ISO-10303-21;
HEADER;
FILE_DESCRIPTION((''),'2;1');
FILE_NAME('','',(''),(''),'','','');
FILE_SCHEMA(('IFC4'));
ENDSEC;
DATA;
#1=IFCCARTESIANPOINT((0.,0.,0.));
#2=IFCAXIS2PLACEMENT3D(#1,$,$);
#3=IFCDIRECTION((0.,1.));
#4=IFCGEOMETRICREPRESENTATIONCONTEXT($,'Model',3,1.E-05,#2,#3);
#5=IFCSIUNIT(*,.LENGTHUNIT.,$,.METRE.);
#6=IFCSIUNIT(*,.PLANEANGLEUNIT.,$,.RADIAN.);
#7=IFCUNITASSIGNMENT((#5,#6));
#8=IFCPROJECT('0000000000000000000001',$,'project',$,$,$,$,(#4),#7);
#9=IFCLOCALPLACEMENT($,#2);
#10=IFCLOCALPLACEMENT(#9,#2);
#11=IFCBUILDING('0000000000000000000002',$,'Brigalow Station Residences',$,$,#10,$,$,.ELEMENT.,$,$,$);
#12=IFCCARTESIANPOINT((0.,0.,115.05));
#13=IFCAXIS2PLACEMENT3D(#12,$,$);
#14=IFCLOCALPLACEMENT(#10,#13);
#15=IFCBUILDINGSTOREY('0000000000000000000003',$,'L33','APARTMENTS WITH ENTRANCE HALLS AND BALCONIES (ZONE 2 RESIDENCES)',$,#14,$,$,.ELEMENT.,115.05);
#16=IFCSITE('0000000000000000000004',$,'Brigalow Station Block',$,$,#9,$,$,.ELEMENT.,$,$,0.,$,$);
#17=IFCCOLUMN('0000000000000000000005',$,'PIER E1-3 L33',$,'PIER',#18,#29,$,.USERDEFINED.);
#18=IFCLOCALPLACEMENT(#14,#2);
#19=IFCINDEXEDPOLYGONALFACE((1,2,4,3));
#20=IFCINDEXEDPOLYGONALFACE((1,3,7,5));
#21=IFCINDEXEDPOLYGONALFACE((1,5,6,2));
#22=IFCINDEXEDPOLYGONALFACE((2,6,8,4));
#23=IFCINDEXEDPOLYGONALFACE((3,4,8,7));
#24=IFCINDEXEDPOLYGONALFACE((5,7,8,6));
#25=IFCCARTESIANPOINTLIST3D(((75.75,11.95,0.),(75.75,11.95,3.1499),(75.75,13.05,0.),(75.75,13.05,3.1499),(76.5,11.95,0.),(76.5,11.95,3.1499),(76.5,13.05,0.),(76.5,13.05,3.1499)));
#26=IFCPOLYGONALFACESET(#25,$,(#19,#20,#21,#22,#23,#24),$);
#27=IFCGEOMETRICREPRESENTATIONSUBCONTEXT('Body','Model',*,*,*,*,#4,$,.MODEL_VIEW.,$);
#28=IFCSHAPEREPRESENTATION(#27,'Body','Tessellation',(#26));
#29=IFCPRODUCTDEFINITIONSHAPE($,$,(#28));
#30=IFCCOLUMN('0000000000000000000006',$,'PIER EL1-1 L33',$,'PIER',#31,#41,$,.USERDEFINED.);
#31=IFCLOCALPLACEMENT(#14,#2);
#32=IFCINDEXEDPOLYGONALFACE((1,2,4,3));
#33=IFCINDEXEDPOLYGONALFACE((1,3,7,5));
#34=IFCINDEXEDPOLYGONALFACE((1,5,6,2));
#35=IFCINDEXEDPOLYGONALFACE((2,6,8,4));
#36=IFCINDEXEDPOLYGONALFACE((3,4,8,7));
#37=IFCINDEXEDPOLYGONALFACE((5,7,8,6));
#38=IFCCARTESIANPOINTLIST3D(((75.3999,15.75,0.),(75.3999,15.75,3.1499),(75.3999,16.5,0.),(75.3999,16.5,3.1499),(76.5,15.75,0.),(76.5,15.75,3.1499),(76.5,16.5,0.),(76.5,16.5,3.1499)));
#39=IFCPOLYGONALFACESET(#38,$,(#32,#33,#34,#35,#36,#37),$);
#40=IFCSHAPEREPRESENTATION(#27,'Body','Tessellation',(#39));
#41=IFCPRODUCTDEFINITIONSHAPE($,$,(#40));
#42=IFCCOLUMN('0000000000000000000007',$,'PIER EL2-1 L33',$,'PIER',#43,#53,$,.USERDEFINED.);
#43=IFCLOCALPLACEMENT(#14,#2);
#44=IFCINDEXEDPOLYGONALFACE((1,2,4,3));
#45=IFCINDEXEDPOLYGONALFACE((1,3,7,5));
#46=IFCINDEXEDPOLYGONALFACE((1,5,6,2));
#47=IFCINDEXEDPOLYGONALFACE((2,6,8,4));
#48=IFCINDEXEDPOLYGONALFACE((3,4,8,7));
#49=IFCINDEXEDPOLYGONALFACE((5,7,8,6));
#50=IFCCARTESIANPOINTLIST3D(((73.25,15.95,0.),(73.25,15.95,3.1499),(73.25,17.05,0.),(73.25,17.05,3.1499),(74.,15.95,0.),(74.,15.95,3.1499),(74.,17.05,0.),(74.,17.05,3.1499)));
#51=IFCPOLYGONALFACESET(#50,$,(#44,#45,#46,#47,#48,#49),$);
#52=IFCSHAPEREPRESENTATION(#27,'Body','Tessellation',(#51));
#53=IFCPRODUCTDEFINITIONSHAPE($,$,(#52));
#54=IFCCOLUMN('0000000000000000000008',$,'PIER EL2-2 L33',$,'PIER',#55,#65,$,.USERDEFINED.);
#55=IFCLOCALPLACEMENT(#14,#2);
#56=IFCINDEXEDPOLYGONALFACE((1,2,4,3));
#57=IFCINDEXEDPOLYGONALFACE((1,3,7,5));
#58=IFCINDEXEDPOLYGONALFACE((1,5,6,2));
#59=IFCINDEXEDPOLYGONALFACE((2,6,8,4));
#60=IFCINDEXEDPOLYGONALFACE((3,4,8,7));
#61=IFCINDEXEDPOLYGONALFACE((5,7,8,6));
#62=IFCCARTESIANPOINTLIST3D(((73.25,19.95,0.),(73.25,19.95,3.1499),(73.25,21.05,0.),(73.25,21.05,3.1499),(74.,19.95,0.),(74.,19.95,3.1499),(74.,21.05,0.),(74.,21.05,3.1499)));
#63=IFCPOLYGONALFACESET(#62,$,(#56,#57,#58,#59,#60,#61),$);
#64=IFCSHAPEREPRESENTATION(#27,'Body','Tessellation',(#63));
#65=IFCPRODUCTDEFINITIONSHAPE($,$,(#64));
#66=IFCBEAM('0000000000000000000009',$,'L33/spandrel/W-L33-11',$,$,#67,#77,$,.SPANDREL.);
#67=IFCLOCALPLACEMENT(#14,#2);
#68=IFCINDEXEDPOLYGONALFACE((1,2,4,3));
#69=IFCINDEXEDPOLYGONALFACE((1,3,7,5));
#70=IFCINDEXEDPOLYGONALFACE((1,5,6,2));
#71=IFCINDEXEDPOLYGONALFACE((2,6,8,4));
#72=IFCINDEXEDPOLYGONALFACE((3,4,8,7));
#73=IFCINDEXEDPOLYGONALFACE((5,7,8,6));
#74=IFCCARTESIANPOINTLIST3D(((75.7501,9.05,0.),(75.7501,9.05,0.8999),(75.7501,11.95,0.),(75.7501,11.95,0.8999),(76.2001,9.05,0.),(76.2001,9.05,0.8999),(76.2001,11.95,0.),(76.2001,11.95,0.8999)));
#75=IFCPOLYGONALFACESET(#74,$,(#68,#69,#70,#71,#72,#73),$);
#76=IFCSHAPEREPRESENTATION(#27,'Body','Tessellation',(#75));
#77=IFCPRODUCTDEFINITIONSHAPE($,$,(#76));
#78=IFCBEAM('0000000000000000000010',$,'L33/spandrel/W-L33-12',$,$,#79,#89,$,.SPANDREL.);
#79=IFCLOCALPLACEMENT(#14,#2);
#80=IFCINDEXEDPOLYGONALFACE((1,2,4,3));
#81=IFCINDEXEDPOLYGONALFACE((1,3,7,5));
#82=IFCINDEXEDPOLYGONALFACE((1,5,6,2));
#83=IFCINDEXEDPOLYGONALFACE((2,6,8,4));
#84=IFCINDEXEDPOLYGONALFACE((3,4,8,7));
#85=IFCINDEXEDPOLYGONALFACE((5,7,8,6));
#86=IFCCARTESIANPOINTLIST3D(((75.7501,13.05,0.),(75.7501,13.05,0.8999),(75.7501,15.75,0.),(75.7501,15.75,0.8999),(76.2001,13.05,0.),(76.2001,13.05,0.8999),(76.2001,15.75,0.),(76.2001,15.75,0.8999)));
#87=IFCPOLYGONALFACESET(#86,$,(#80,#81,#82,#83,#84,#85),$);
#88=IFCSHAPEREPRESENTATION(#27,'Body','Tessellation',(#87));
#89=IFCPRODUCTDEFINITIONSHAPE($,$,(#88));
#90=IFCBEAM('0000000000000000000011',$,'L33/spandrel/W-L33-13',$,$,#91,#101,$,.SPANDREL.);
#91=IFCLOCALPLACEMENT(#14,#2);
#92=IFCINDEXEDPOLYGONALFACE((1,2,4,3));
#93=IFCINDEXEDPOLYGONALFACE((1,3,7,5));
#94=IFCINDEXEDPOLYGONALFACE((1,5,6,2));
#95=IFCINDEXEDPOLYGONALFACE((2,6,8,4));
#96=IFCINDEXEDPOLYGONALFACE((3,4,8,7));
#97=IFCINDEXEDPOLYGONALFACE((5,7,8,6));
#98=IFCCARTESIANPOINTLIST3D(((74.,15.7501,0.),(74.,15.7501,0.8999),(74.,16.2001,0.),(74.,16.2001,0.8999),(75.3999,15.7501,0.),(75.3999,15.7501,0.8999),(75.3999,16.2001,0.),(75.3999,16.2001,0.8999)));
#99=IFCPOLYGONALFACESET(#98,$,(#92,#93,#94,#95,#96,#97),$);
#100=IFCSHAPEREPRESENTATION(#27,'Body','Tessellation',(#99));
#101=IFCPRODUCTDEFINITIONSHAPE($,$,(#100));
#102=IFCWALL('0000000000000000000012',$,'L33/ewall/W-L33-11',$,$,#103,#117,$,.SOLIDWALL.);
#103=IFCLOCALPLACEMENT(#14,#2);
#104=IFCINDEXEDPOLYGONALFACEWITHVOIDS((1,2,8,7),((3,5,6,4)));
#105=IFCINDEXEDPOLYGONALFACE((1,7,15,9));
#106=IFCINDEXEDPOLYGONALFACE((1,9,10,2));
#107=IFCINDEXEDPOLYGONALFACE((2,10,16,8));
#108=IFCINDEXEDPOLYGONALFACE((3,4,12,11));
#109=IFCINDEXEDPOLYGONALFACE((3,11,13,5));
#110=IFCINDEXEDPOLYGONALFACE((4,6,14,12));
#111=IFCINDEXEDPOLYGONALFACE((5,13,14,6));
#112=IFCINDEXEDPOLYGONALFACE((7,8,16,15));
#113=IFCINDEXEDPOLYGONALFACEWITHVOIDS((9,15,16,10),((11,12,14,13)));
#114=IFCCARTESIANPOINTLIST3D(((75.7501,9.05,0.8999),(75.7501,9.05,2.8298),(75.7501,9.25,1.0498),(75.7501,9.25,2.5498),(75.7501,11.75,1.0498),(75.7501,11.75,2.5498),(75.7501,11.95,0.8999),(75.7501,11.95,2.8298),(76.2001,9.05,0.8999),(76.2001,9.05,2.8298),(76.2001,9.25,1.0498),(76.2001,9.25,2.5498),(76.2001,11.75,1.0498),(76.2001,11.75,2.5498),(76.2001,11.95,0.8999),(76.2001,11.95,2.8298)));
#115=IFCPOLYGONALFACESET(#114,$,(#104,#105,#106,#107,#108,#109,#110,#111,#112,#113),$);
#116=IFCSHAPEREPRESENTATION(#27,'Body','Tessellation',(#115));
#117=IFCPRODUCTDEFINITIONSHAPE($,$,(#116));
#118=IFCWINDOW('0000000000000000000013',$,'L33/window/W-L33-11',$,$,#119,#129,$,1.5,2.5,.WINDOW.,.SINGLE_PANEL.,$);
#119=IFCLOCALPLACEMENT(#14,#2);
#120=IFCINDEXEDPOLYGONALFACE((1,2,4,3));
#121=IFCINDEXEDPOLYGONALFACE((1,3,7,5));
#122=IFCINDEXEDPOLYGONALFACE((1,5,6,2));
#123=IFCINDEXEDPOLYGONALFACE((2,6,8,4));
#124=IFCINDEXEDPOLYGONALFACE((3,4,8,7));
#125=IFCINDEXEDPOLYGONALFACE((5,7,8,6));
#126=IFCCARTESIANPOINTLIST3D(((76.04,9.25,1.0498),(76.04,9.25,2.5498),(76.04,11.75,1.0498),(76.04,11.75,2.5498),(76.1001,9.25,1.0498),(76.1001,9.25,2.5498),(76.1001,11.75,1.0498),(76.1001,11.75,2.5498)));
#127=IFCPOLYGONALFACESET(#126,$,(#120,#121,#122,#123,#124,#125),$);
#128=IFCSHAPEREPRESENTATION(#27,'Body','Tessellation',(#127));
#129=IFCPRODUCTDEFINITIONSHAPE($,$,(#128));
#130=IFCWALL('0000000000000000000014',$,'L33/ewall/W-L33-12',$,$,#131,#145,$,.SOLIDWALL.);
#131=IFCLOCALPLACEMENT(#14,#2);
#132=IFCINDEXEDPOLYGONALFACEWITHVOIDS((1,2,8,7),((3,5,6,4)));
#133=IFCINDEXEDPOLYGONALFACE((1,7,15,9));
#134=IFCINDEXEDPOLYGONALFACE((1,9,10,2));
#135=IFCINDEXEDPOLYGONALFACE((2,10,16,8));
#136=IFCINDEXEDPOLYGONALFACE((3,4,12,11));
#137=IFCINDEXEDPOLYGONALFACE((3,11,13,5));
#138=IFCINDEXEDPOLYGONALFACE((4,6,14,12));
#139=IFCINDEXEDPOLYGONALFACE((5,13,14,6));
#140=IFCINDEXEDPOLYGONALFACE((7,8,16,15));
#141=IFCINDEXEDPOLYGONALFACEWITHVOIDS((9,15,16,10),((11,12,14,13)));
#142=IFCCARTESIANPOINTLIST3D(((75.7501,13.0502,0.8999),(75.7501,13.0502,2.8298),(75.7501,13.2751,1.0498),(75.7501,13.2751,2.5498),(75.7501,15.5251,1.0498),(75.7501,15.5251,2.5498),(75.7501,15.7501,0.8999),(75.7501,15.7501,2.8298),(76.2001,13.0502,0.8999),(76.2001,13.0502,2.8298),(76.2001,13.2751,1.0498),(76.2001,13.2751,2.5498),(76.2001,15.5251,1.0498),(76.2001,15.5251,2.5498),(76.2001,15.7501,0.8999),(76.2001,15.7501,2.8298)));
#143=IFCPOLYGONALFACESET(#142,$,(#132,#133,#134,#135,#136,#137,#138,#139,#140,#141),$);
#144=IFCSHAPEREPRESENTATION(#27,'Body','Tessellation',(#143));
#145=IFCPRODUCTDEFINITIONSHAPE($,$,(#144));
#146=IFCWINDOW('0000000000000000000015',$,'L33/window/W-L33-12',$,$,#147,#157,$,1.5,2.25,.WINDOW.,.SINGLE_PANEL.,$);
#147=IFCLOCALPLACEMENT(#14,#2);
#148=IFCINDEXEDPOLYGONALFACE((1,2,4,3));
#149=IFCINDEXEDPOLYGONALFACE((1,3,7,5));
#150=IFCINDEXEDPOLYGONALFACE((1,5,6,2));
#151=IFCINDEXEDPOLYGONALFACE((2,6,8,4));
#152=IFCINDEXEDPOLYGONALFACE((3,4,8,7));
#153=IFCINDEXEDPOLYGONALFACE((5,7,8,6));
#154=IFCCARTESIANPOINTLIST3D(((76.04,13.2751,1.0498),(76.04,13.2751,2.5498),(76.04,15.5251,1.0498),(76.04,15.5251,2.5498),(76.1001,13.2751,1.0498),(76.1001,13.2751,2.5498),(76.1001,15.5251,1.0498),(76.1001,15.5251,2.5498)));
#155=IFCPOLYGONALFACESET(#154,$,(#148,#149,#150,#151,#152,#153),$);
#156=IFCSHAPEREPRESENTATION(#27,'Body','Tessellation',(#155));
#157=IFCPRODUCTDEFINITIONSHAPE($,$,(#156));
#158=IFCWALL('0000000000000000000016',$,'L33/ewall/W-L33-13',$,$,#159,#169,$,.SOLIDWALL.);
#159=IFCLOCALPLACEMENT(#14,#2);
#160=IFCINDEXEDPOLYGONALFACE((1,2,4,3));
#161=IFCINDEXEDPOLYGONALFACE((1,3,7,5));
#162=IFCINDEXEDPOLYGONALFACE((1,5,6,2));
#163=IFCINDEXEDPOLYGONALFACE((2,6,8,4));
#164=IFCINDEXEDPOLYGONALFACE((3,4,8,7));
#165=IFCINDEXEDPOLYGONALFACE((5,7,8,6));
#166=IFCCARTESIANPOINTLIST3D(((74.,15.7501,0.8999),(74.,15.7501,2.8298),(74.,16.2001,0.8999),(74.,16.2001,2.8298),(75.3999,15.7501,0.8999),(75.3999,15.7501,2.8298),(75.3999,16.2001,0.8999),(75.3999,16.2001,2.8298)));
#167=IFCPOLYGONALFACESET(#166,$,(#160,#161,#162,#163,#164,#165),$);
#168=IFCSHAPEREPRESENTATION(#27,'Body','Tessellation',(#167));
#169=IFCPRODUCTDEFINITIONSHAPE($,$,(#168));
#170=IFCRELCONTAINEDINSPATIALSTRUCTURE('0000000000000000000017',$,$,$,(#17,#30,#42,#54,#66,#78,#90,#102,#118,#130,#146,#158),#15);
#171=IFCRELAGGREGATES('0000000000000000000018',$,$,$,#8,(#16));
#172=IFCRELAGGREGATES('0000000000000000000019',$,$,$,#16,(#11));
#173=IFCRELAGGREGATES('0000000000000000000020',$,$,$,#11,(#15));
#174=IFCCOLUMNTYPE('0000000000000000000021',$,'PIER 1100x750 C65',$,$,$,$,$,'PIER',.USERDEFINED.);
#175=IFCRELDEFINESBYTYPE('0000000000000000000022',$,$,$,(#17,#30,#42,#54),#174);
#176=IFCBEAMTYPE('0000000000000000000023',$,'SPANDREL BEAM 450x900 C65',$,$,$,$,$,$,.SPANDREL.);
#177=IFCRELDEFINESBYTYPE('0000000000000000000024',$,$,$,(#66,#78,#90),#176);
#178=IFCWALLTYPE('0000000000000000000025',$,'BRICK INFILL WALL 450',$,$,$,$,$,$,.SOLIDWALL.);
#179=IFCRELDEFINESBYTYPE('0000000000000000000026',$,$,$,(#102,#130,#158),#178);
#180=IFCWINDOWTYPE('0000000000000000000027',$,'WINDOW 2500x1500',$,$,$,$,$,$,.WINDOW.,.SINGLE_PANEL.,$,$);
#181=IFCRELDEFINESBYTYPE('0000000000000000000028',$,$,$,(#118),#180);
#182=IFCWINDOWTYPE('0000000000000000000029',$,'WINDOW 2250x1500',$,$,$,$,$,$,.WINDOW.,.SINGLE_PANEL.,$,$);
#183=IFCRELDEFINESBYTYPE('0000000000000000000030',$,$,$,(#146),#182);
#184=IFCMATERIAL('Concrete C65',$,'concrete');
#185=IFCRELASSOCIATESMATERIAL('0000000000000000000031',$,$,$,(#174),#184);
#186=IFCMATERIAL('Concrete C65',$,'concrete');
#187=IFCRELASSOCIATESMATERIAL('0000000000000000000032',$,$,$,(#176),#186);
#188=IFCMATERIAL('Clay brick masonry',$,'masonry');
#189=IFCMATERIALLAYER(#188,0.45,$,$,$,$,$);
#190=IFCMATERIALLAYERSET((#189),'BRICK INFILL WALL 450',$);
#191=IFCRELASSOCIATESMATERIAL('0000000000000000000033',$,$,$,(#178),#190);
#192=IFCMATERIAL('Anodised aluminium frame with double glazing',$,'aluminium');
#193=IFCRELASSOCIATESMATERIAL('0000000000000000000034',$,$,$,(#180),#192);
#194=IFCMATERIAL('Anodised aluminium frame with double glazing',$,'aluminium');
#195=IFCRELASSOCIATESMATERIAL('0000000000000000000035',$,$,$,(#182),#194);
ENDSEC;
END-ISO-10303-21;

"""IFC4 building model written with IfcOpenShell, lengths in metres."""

from ifc_helpers import new_model, si_unit, direction, frame, frame_2d, origin, origin_2d, place, context, subcontext, project, spatial, rectangle, extrude, material, layer, layer_set, material_profile, profile_set, type_object, element, fill, save


model = new_model("IFC4")

# Units and contexts
model_context = context("Model", 3, precision=1e-05, world=origin(), true_north=direction((0.0, 1.0)))
body_context = subcontext(model_context, "Body", "Model", "MODEL_VIEW")
ifc_project = project(units=[si_unit("LENGTHUNIT", "METRE"), si_unit("PLANEANGLEUNIT", "RADIAN")], contexts=[model_context])

# Site, building, storey
site_placement = place(None, origin())
site = spatial("IfcSite", under=ifc_project, at=site_placement, Name="Brigalow Station Block", CompositionType="ELEMENT", RefElevation=0.0)
building_placement = place(site_placement, origin())
building = spatial("IfcBuilding", under=site, at=building_placement, Name="Brigalow Station Residences", CompositionType="ELEMENT")
storey_placement = place(building_placement, frame((0.0, 0.0, 115.05)))
storey = spatial("IfcBuildingStorey", under=building, at=storey_placement, Name="L33", Description="APARTMENTS WITH ENTRANCE HALLS AND BALCONIES (ZONE 2 RESIDENCES)", CompositionType="ELEMENT", Elevation=115.05)

# Columns
ifc_material_1 = material(Name="Concrete C65", Category="concrete")
ifc_material_profile_1 = material_profile(ifc_material_1, rectangle(XDim=1.1001, YDim=0.75, at=origin_2d()), Name="RC1100x750")
ifc_profile_set_1 = profile_set([ifc_material_profile_1], Name="Concrete C65")
column_type = type_object("IfcColumnType", Name="PIER 1100x750 C65", ElementType="PIER", PredefinedType="USERDEFINED", material=ifc_profile_set_1)
for number, where, z_axis, x_axis, name in (
    (1, (76.125, 12.5, 0.0), (0.0, 0.0, 1.0), (0.0, 1.0, 0.0), "PIER E1-3 L33"),
    (2, (75.95, 16.125, 0.0), (0.0, 0.0, 1.0), (-1.0, 0.0, 0.0), "PIER EL1-1 L33"),
    (3, (73.625, 16.5, 0.0), (0.0, 0.0, 1.0), (0.0, 1.0, 0.0), "PIER EL2-1 L33"),
    (4, (73.625, 20.5, 0.0), (0.0, 0.0, 1.0), (0.0, 1.0, 0.0), "PIER EL2-2 L33"),
):
    element("IfcColumn", number, at=place(storey_placement, frame(where, z_axis=z_axis, x_axis=x_axis)), inside=storey, type_object=column_type, Name=name, ObjectType="PIER", PredefinedType="USERDEFINED", context=body_context, shape_type="SweptSolid", body=[
        extrude(rectangle(XDim=1.1001, YDim=0.75, at=origin_2d()), origin(), (0.0, 0.0, 1.0), 3.1499),
    ])

# Beams
ifc_material_2 = material(Name="Concrete C65", Category="concrete")
ifc_material_profile_2 = material_profile(ifc_material_2, rectangle(XDim=0.45, YDim=0.8999, at=origin_2d()), Name="RC450x900")
ifc_profile_set_2 = profile_set([ifc_material_profile_2], Name="Concrete C65")
beam_type = type_object("IfcBeamType", Name="SPANDREL BEAM 450x900 C65", PredefinedType="SPANDREL", material=ifc_profile_set_2)
beam_1_placement = place(storey_placement, frame((75.9751, 9.05, 0.45), z_axis=(0.0, 1.0, 0.0), x_axis=(-1.0, 0.0, 0.0)))
element("IfcBeam", 5, at=beam_1_placement, inside=storey, type_object=beam_type, Name="L33/spandrel/W-L33-11", PredefinedType="SPANDREL", context=body_context, shape_type="SweptSolid", body=[
    extrude(rectangle(XDim=0.45, YDim=0.8999, at=origin_2d()), origin(), (0.0, 0.0, 1.0), 2.8999),
])
beam_2_placement = place(storey_placement, frame((75.9751, 13.05, 0.45), z_axis=(0.0, 1.0, 0.0), x_axis=(-1.0, 0.0, 0.0)))
element("IfcBeam", 6, at=beam_2_placement, inside=storey, type_object=beam_type, Name="L33/spandrel/W-L33-12", PredefinedType="SPANDREL", context=body_context, shape_type="SweptSolid", body=[
    extrude(rectangle(XDim=0.45, YDim=0.8999, at=origin_2d()), origin(), (0.0, 0.0, 1.0), 2.7),
])
beam_3_placement = place(storey_placement, frame((75.3999, 15.9751, 0.45), z_axis=(-1.0, 0.0, 0.0), x_axis=(0.0, -1.0, 0.0)))
element("IfcBeam", 7, at=beam_3_placement, inside=storey, type_object=beam_type, Name="L33/spandrel/W-L33-13", PredefinedType="SPANDREL", context=body_context, shape_type="SweptSolid", body=[
    extrude(rectangle(XDim=0.45, YDim=0.8999, at=origin_2d()), origin(), (0.0, 0.0, 1.0), 1.3999),
])

# Walls, openings, windows
ifc_material_3 = material(Name="Clay brick masonry", Category="masonry")
ifc_layer = layer(ifc_material_3, 0.45)
ifc_layer_set = layer_set([ifc_layer], Name="BRICK INFILL WALL 450")
wall_type = type_object("IfcWallType", Name="BRICK INFILL WALL 450", PredefinedType="SOLIDWALL", material=ifc_layer_set)
wall_1_placement = place(storey_placement, frame((75.9751, 9.05, 0.8999), z_axis=(0.0, 0.0, 1.0), x_axis=(0.0, 1.0, 0.0)))
wall_1 = element("IfcWall", 8, at=wall_1_placement, inside=storey, type_object=wall_type, Name="L33/ewall/W-L33-11", PredefinedType="SOLIDWALL", context=body_context, shape_type="SweptSolid", body=[
    extrude(rectangle(XDim=2.8999, YDim=0.45, at=frame_2d((1.45, 0.0))), origin(), (0.0, 0.0, 1.0), 1.9299),
])
opening_1_placement = place(wall_1_placement, frame((0.2, 0.0, 0.1499)))
opening_1 = element("IfcOpeningElement", 9, at=opening_1_placement, cuts=wall_1, PredefinedType="OPENING", context=body_context, shape_type="SweptSolid", body=[
    extrude(rectangle(XDim=2.5, YDim=1.5, at=frame_2d((1.25, 0.75))), frame((0.0, 0.2349, 0.0), z_axis=(0.0, -1.0, 0.0), x_axis=(1.0, 0.0, 0.0)), (0.0, 0.0, 1.0), 0.47),
])
ifc_material_4 = material(Name="Anodised aluminium frame with double glazing", Category="aluminium")
window_type_1 = type_object("IfcWindowType", Name="WINDOW 2500x1500", PartitioningType="SINGLE_PANEL", PredefinedType="WINDOW", material=ifc_material_4)
window_1_placement = place(opening_1_placement, origin())
window_1 = element("IfcWindow", 10, at=window_1_placement, inside=storey, type_object=window_type_1, Name="L33/window/W-L33-11", OverallHeight=1.5, OverallWidth=2.5, PartitioningType="SINGLE_PANEL", PredefinedType="WINDOW", context=body_context, shape_type="SweptSolid", body=[
    extrude(rectangle(XDim=2.5, YDim=1.5, at=frame_2d((1.25, 0.75))), frame((0.0, -0.0649, 0.0), z_axis=(0.0, -1.0, 0.0), x_axis=(1.0, 0.0, 0.0)), (0.0, 0.0, 1.0), 0.0601),
])
fill(opening_1, window_1)
wall_2_placement = place(storey_placement, frame((75.9751, 13.05, 0.8999), z_axis=(0.0, 0.0, 1.0), x_axis=(0.0, 1.0, 0.0)))
wall_2 = element("IfcWall", 11, at=wall_2_placement, inside=storey, type_object=wall_type, Name="L33/ewall/W-L33-12", PredefinedType="SOLIDWALL", context=body_context, shape_type="SweptSolid", body=[
    extrude(rectangle(XDim=2.7, YDim=0.45, at=frame_2d((1.3501, 0.0))), origin(), (0.0, 0.0, 1.0), 1.9299),
])
opening_2_placement = place(wall_2_placement, frame((0.2251, 0.0, 0.1499)))
opening_2 = element("IfcOpeningElement", 12, at=opening_2_placement, cuts=wall_2, PredefinedType="OPENING", context=body_context, shape_type="SweptSolid", body=[
    extrude(rectangle(XDim=2.25, YDim=1.5, at=frame_2d((1.125, 0.75))), frame((0.0, 0.2349, 0.0), z_axis=(0.0, -1.0, 0.0), x_axis=(1.0, 0.0, 0.0)), (0.0, 0.0, 1.0), 0.47),
])
ifc_material_5 = material(Name="Anodised aluminium frame with double glazing", Category="aluminium")
window_type_2 = type_object("IfcWindowType", Name="WINDOW 2250x1500", PartitioningType="SINGLE_PANEL", PredefinedType="WINDOW", material=ifc_material_5)
window_2_placement = place(opening_2_placement, origin())
window_2 = element("IfcWindow", 13, at=window_2_placement, inside=storey, type_object=window_type_2, Name="L33/window/W-L33-12", OverallHeight=1.5, OverallWidth=2.25, PartitioningType="SINGLE_PANEL", PredefinedType="WINDOW", context=body_context, shape_type="SweptSolid", body=[
    extrude(rectangle(XDim=2.25, YDim=1.5, at=frame_2d((1.125, 0.75))), frame((0.0, -0.0649, 0.0), z_axis=(0.0, -1.0, 0.0), x_axis=(1.0, 0.0, 0.0)), (0.0, 0.0, 1.0), 0.0601),
])
fill(opening_2, window_2)

# Wall
wall_3_placement = place(storey_placement, frame((75.3999, 15.9751, 0.8999), z_axis=(0.0, 0.0, 1.0), x_axis=(-1.0, 0.0, 0.0)))
element("IfcWall", 14, at=wall_3_placement, inside=storey, type_object=wall_type, Name="L33/ewall/W-L33-13", PredefinedType="SOLIDWALL", context=body_context, shape_type="SweptSolid", body=[
    extrude(rectangle(XDim=1.3999, YDim=0.45, at=frame_2d((0.7, 0.0))), origin(), (0.0, 0.0, 1.0), 1.9299),
])

save(model, "model.ifc")
